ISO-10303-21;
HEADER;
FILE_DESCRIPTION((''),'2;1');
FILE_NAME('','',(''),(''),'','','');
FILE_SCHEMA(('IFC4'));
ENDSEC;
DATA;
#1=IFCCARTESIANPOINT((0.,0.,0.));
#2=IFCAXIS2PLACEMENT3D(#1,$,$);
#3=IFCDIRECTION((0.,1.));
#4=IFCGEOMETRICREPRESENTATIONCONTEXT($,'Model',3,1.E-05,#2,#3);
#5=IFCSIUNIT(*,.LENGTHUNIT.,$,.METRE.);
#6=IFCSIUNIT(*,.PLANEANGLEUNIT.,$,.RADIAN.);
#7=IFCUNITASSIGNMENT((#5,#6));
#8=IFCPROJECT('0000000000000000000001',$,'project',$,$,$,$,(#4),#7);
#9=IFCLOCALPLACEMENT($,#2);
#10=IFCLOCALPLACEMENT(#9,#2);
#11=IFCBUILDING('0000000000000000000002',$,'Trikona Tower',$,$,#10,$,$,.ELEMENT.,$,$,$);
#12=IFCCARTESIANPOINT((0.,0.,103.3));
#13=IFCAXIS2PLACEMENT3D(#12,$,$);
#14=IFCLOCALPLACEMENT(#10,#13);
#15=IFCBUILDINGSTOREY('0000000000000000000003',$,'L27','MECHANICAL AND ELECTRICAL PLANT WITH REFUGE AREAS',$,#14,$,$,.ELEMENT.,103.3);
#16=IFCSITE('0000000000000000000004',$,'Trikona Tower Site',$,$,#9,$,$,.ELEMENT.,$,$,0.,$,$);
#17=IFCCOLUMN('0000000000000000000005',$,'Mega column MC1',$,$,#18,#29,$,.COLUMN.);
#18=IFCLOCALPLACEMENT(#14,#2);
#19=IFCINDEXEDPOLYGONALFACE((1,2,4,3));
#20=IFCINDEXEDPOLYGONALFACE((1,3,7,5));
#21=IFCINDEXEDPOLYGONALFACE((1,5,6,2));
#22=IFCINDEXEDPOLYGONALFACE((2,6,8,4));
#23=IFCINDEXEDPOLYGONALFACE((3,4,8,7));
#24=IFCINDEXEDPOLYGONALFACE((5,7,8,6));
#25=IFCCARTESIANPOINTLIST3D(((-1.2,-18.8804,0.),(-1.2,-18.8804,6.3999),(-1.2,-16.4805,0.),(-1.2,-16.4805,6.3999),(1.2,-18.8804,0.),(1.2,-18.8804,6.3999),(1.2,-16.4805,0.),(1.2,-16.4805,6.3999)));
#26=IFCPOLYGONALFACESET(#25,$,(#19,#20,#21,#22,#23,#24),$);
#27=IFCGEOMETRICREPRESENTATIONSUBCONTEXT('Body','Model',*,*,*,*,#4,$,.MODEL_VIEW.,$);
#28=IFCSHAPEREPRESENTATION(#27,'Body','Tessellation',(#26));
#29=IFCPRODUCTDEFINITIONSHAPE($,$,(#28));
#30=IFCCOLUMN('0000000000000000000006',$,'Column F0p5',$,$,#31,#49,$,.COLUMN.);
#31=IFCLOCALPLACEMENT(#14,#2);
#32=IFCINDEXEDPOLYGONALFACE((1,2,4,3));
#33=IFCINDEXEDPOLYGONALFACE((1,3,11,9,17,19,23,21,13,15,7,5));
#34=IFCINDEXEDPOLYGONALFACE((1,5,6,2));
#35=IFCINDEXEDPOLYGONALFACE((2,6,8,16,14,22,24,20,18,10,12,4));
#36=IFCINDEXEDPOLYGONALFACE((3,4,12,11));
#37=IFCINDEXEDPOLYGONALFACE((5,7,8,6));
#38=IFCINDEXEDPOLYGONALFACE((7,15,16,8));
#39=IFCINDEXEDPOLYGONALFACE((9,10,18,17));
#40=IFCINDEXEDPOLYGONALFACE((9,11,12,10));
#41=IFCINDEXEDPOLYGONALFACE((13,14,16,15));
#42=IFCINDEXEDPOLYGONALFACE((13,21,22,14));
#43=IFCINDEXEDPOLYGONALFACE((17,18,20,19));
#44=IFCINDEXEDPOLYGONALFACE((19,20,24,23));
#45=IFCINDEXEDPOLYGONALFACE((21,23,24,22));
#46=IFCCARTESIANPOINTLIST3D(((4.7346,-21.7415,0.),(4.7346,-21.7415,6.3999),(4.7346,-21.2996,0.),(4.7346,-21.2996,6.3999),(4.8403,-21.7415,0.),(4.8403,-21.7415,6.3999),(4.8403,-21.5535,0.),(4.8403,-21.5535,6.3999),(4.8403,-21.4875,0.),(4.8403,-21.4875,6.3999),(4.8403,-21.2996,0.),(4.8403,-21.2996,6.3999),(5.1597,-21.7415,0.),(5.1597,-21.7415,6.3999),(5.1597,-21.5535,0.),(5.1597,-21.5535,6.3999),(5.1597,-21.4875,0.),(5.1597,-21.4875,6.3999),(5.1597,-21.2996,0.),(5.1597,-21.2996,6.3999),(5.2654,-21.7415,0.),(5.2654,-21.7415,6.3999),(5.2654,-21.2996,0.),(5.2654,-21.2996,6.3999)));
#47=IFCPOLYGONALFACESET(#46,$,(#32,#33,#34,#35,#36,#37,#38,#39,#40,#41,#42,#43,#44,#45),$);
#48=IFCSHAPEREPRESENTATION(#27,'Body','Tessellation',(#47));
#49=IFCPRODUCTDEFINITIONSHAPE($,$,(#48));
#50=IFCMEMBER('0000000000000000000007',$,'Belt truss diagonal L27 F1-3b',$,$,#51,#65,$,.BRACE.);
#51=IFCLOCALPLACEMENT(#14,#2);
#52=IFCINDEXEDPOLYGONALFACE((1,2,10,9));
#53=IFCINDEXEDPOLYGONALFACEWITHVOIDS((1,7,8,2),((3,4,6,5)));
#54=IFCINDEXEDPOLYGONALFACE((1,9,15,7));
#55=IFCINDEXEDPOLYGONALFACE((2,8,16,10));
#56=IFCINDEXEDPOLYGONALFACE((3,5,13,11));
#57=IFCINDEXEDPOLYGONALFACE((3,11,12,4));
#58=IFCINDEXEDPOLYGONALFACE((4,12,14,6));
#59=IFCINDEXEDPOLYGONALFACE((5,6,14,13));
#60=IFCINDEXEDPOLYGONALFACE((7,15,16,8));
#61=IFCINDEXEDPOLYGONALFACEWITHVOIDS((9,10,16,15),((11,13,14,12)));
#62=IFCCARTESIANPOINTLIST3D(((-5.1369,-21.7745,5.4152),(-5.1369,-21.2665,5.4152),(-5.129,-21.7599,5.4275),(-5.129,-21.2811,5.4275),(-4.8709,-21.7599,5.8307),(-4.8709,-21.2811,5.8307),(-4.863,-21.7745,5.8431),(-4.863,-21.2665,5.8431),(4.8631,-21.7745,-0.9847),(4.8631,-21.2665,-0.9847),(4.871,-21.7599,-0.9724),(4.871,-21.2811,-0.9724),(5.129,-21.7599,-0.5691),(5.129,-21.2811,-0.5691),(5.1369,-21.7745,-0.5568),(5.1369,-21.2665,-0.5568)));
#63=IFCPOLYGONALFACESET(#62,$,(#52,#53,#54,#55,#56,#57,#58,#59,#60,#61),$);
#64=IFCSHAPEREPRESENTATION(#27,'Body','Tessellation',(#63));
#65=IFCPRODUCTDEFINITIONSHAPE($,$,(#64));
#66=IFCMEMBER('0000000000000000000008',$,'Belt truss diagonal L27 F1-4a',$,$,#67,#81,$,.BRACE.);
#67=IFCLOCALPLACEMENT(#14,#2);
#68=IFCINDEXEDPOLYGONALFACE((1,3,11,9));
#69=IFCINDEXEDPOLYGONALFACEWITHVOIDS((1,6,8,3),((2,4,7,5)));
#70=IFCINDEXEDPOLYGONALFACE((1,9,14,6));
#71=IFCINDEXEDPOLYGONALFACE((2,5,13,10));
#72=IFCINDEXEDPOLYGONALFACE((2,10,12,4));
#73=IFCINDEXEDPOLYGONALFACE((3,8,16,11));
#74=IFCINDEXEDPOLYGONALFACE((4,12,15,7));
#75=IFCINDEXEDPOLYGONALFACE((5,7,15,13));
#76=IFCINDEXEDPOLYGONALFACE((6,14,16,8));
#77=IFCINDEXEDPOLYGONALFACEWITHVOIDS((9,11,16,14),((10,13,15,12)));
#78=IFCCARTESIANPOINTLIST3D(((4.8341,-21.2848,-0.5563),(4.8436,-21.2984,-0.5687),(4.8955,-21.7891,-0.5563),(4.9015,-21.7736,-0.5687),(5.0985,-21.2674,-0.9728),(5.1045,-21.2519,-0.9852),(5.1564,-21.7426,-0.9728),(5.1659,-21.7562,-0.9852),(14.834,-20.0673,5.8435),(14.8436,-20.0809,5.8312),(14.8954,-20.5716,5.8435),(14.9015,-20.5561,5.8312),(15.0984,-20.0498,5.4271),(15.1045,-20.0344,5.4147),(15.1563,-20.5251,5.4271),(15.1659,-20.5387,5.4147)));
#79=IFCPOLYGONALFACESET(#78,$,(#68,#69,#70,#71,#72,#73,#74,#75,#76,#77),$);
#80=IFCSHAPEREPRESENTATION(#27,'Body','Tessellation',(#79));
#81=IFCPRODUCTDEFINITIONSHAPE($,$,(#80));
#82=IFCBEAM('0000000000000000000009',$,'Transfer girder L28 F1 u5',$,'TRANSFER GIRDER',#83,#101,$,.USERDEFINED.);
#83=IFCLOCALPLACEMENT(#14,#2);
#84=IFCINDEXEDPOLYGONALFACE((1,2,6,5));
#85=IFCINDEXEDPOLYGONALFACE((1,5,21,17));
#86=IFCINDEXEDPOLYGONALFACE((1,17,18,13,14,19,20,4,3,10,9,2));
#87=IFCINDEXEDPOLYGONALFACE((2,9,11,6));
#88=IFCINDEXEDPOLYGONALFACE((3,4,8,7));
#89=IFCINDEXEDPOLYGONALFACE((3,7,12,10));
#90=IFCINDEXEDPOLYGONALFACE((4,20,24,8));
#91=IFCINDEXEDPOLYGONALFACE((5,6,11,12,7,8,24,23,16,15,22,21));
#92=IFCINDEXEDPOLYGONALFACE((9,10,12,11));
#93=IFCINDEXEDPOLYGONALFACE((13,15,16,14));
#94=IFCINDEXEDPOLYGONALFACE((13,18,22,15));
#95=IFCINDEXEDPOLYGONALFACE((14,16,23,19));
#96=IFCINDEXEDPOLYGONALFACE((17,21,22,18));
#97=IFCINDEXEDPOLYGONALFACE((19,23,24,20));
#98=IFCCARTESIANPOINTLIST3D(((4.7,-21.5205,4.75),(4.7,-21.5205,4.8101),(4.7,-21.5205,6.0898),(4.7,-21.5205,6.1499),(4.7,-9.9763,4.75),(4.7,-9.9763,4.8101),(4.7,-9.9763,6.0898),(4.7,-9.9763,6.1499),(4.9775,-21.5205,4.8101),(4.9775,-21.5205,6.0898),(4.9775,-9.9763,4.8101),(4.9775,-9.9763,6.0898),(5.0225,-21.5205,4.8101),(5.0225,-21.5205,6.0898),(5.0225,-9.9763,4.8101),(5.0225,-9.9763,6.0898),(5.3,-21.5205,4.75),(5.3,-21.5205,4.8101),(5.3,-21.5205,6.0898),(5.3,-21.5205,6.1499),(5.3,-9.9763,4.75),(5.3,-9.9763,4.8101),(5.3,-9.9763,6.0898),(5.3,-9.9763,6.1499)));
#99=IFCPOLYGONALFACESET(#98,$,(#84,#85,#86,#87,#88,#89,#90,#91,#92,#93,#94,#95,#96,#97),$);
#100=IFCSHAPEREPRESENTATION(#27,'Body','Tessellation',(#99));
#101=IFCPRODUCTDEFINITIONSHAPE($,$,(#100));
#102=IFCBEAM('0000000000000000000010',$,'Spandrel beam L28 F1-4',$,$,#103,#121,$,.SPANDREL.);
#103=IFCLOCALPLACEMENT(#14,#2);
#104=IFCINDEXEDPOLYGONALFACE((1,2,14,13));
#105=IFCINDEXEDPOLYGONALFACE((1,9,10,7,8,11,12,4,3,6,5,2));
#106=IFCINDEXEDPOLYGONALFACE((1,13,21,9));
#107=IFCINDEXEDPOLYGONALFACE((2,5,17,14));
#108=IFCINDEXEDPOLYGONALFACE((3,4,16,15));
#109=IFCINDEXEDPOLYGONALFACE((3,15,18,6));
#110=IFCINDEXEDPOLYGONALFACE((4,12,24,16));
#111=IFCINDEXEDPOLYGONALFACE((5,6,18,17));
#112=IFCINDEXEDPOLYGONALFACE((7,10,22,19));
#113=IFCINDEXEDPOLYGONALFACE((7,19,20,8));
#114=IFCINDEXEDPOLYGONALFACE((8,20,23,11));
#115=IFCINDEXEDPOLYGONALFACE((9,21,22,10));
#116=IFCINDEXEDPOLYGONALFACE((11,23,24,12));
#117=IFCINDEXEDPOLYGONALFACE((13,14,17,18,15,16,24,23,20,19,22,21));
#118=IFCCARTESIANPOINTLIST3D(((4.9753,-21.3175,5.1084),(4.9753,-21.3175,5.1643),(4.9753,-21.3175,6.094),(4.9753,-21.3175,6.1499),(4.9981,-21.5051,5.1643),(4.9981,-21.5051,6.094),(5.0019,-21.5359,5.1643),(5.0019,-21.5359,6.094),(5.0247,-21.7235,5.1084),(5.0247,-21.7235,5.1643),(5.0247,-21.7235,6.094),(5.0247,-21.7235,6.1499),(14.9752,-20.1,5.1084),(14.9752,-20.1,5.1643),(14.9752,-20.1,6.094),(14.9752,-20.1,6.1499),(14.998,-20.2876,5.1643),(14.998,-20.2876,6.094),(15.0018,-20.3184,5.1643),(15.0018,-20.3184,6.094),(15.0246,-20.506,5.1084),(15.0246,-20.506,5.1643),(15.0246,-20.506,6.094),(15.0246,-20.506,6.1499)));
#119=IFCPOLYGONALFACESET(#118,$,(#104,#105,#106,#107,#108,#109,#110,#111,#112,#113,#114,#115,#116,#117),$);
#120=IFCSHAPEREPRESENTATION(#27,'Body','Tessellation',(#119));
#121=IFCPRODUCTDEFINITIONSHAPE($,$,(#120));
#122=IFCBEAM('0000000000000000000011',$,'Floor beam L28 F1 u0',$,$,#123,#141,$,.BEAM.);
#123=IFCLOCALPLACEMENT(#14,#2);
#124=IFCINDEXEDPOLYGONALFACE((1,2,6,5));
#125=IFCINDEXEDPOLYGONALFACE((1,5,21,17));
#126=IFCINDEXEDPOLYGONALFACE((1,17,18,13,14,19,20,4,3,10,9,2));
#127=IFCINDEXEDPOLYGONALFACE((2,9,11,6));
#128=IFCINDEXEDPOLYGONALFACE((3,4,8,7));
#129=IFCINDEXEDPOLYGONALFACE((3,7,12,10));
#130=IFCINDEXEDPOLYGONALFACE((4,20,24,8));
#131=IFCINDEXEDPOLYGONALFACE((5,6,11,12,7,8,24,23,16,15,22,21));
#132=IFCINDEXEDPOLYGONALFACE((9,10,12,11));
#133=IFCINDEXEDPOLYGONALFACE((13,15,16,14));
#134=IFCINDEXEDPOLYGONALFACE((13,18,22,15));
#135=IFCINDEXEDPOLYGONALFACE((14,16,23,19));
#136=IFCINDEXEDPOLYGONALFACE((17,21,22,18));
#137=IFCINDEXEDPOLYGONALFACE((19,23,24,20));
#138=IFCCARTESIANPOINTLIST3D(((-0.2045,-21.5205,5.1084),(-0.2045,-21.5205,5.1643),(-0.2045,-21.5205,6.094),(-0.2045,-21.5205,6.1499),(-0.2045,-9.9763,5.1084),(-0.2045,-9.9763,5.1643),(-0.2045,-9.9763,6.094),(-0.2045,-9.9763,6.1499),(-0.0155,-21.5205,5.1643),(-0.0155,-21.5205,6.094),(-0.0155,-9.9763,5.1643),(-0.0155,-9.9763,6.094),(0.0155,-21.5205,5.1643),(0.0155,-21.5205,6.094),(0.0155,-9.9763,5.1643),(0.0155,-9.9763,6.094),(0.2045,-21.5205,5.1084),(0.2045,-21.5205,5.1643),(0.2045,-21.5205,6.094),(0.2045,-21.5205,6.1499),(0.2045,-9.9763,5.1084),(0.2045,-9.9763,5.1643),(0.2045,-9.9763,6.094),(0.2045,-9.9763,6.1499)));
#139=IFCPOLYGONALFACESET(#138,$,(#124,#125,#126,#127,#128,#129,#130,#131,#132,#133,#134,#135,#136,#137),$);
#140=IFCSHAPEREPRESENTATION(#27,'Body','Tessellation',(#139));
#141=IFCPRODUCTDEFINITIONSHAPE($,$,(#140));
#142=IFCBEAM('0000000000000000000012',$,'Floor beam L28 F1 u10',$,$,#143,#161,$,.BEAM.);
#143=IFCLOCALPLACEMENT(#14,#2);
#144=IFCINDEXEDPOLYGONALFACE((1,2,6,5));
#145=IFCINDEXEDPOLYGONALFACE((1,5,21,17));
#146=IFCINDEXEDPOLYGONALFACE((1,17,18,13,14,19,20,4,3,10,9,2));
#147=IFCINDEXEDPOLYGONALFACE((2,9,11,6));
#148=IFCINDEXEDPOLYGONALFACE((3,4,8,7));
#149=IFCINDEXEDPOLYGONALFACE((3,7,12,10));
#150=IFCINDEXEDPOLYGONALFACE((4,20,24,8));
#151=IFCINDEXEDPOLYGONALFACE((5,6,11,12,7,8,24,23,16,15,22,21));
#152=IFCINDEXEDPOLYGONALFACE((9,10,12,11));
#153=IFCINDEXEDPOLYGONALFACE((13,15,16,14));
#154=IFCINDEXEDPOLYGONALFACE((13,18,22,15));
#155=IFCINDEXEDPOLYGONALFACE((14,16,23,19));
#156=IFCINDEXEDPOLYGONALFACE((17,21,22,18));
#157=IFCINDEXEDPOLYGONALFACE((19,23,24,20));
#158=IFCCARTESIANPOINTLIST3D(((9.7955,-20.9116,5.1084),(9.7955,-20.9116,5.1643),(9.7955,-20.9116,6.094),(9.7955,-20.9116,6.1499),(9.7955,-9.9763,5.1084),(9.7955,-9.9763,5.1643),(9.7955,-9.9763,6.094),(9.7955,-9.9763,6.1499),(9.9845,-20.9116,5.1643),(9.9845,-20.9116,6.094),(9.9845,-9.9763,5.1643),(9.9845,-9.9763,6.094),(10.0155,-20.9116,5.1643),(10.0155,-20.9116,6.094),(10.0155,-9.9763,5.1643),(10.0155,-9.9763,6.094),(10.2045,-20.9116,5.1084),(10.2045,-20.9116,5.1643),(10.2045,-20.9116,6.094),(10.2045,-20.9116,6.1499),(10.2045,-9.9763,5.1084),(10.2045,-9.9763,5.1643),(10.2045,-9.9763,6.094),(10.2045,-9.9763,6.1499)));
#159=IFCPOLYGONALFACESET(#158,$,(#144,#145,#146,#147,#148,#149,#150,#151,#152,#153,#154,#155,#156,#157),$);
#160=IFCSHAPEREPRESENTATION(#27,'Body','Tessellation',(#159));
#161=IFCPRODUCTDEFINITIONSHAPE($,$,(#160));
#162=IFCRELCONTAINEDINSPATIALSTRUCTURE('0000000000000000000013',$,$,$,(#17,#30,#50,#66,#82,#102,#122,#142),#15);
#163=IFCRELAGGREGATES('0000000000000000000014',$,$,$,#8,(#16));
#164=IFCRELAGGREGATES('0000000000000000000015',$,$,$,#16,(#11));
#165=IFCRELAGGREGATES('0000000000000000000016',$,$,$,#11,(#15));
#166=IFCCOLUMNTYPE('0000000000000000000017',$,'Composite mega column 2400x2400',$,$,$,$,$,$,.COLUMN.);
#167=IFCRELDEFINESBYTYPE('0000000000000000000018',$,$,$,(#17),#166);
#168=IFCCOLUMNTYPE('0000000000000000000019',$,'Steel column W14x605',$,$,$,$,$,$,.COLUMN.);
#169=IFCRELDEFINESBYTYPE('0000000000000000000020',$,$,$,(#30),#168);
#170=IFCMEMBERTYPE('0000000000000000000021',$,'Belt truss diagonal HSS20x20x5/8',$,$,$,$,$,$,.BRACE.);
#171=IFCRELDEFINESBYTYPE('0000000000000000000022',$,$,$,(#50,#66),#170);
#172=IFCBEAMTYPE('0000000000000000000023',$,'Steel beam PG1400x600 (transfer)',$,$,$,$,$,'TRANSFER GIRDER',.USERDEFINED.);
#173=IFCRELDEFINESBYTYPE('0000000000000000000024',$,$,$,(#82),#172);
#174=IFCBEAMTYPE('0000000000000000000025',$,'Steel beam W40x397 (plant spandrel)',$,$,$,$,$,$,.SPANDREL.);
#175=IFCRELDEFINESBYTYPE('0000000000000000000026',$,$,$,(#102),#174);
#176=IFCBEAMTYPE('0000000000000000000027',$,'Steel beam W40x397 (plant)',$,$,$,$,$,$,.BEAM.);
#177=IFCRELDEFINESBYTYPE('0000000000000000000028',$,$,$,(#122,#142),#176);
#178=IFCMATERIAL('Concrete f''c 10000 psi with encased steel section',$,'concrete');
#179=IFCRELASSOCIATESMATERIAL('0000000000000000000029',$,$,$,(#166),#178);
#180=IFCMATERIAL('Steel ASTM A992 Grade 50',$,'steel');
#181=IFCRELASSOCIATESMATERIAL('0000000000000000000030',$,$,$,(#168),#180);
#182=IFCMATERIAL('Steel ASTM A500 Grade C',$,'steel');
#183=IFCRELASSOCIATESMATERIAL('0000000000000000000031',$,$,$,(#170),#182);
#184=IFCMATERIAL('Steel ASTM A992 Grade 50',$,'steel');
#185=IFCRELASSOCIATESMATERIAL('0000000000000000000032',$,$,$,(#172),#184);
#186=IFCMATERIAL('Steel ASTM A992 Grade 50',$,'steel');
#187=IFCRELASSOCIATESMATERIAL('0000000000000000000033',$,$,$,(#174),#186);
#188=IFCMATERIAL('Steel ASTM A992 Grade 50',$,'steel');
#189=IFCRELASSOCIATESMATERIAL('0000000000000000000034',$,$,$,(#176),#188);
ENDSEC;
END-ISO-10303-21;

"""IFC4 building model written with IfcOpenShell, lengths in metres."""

from ifc_helpers import new_model, si_unit, direction, frame, origin, origin_2d, place, context, subcontext, project, spatial, rectangle, hollow_rectangle, i_section, extrude, material, material_profile, profile_set, type_object, element, save


model = new_model("IFC4")

# Units and contexts
model_context = context("Model", 3, precision=1e-05, world=origin(), true_north=direction((0.0, 1.0)))
body_context = subcontext(model_context, "Body", "Model", "MODEL_VIEW")
ifc_project = project(units=[si_unit("LENGTHUNIT", "METRE"), si_unit("PLANEANGLEUNIT", "RADIAN")], contexts=[model_context])

# Site, building, storey
site_placement = place(None, origin())
site = spatial("IfcSite", under=ifc_project, at=site_placement, Name="Trikona Tower Site", CompositionType="ELEMENT", RefElevation=0.0)
building_placement = place(site_placement, origin())
building = spatial("IfcBuilding", under=site, at=building_placement, Name="Trikona Tower", CompositionType="ELEMENT")
storey_placement = place(building_placement, frame((0.0, 0.0, 103.3)))
storey = spatial("IfcBuildingStorey", under=building, at=storey_placement, Name="L27", Description="MECHANICAL AND ELECTRICAL PLANT WITH REFUGE AREAS", CompositionType="ELEMENT", Elevation=103.3)

# Columns
ifc_material_1 = material(Name="Concrete f'c 10000 psi with encased steel section", Category="concrete")
ifc_material_profile_1 = material_profile(ifc_material_1, rectangle(XDim=2.3999, YDim=2.3999, at=origin_2d()), Name="MC2400")
ifc_profile_set_1 = profile_set([ifc_material_profile_1], Name="Concrete f'c 10000 psi with encased steel section")
column_type_1 = type_object("IfcColumnType", Name="Composite mega column 2400x2400", PredefinedType="COLUMN", material=ifc_profile_set_1)
column_1_placement = place(storey_placement, frame((0.0, -17.6804, 0.0), z_axis=(0.0, 0.0, 1.0), x_axis=(0.0, -1.0, 0.0)))
element("IfcColumn", 1, at=column_1_placement, inside=storey, type_object=column_type_1, Name="Mega column MC1", PredefinedType="COLUMN", context=body_context, shape_type="SweptSolid", body=[
    extrude(rectangle(XDim=2.3999, YDim=2.3999, at=origin_2d()), origin(), (0.0, 0.0, 1.0), 6.3999),
])
ifc_material_2 = material(Name="Steel ASTM A992 Grade 50", Category="steel")
ifc_material_profile_2 = material_profile(ifc_material_2, i_section(OverallWidth=0.4419, OverallDepth=0.5308, WebThickness=0.0659, FlangeThickness=0.1057, at=origin_2d()), Name="W14X605")
ifc_profile_set_2 = profile_set([ifc_material_profile_2], Name="Steel ASTM A992 Grade 50")
column_type_2 = type_object("IfcColumnType", Name="Steel column W14x605", PredefinedType="COLUMN", material=ifc_profile_set_2)
column_2_placement = place(storey_placement, frame((5.0, -21.5205, 0.0), z_axis=(0.0, 0.0, 1.0), x_axis=(0.0, -1.0, 0.0)))
element("IfcColumn", 2, at=column_2_placement, inside=storey, type_object=column_type_2, Name="Column F0p5", PredefinedType="COLUMN", context=body_context, shape_type="SweptSolid", body=[
    extrude(i_section(OverallWidth=0.4419, OverallDepth=0.5308, WebThickness=0.0659, FlangeThickness=0.1057, at=origin_2d()), origin(), (0.0, 0.0, 1.0), 6.3999),
])

# Members
ifc_material_3 = material(Name="Steel ASTM A500 Grade C", Category="steel")
ifc_material_profile_3 = material_profile(ifc_material_3, hollow_rectangle(XDim=0.5081, YDim=0.5081, WallThickness=0.0146, at=origin_2d()), Name="HSS20X20X5/8")
ifc_profile_set_3 = profile_set([ifc_material_profile_3], Name="Steel ASTM A500 Grade C")
member_type = type_object("IfcMemberType", Name="Belt truss diagonal HSS20x20x5/8", PredefinedType="BRACE", material=ifc_profile_set_3)
member_1_placement = place(storey_placement, frame((5.0, -21.5205, -0.7708), z_axis=(-0.842275, 0.0, 0.539048), x_axis=(0.0, -1.0, 0.0)))
element("IfcMember", 3, at=member_1_placement, inside=storey, type_object=member_type, Name="Belt truss diagonal L27 F1-3b", PredefinedType="BRACE", context=body_context, shape_type="SweptSolid", body=[
    extrude(hollow_rectangle(XDim=0.5081, YDim=0.5081, WallThickness=0.0146, at=origin_2d()), origin(), (0.0, 0.0, 1.0), 11.8726),
])
member_2_placement = place(storey_placement, frame((5.0, -21.5205, -0.7708), z_axis=(0.837881, 0.102014, 0.536236), x_axis=(-0.12086, 0.99267, 0.0)))
element("IfcMember", 4, at=member_2_placement, inside=storey, type_object=member_type, Name="Belt truss diagonal L27 F1-4a", PredefinedType="BRACE", context=body_context, shape_type="SweptSolid", body=[
    extrude(hollow_rectangle(XDim=0.5081, YDim=0.5081, WallThickness=0.0146, at=origin_2d()), origin(), (0.0, 0.0, 1.0), 11.9348),
])

# Beams
ifc_material_4 = material(Name="Steel ASTM A992 Grade 50", Category="steel")
ifc_material_profile_4 = material_profile(ifc_material_4, i_section(OverallWidth=0.6001, OverallDepth=1.3999, WebThickness=0.0449, FlangeThickness=0.0601, at=origin_2d()), Name="PG1400X600")
ifc_profile_set_4 = profile_set([ifc_material_profile_4], Name="Steel ASTM A992 Grade 50")
beam_type_1 = type_object("IfcBeamType", Name="Steel beam PG1400x600 (transfer)", ElementType="TRANSFER GIRDER", PredefinedType="USERDEFINED", material=ifc_profile_set_4)
beam_1_placement = place(storey_placement, frame((5.0, -9.9763, 5.45), z_axis=(0.0, -1.0, 0.0), x_axis=(1.0, 0.0, 0.0)))
element("IfcBeam", 5, at=beam_1_placement, inside=storey, type_object=beam_type_1, Name="Transfer girder L28 F1 u5", ObjectType="TRANSFER GIRDER", PredefinedType="USERDEFINED", context=body_context, shape_type="SweptSolid", body=[
    extrude(i_section(OverallWidth=0.6001, OverallDepth=1.3999, WebThickness=0.0449, FlangeThickness=0.0601, at=origin_2d()), origin(), (0.0, 0.0, 1.0), 11.5442),
])
ifc_material_5 = material(Name="Steel ASTM A992 Grade 50", Category="steel")
ifc_material_profile_5 = material_profile(ifc_material_5, i_section(OverallWidth=0.4089, OverallDepth=1.0415, WebThickness=0.031, FlangeThickness=0.0559, at=origin_2d()), Name="W40X397")
ifc_profile_set_5 = profile_set([ifc_material_profile_5], Name="Steel ASTM A992 Grade 50")
beam_type_2 = type_object("IfcBeamType", Name="Steel beam W40x397 (plant spandrel)", PredefinedType="SPANDREL", material=ifc_profile_set_5)
beam_2_placement = place(storey_placement, frame((5.0, -21.5205, 5.6292), z_axis=(0.99267, 0.12086, 0.0), x_axis=(-0.12086, 0.99267, 0.0)))
element("IfcBeam", 6, at=beam_2_placement, inside=storey, type_object=beam_type_2, Name="Spandrel beam L28 F1-4", PredefinedType="SPANDREL", context=body_context, shape_type="SweptSolid", body=[
    extrude(i_section(OverallWidth=0.4089, OverallDepth=1.0415, WebThickness=0.031, FlangeThickness=0.0559, at=origin_2d()), origin(), (0.0, 0.0, 1.0), 10.0737),
])
ifc_material_6 = material(Name="Steel ASTM A992 Grade 50", Category="steel")
ifc_material_profile_6 = material_profile(ifc_material_6, i_section(OverallWidth=0.4089, OverallDepth=1.0415, WebThickness=0.031, FlangeThickness=0.0559, at=origin_2d()), Name="W40X397")
ifc_profile_set_6 = profile_set([ifc_material_profile_6], Name="Steel ASTM A992 Grade 50")
beam_type_3 = type_object("IfcBeamType", Name="Steel beam W40x397 (plant)", PredefinedType="BEAM", material=ifc_profile_set_6)
beam_3_placement = place(storey_placement, frame((0.0, -9.9763, 5.6292), z_axis=(0.0, -1.0, 0.0), x_axis=(1.0, 0.0, 0.0)))
element("IfcBeam", 7, at=beam_3_placement, inside=storey, type_object=beam_type_3, Name="Floor beam L28 F1 u0", PredefinedType="BEAM", context=body_context, shape_type="SweptSolid", body=[
    extrude(i_section(OverallWidth=0.4089, OverallDepth=1.0415, WebThickness=0.031, FlangeThickness=0.0559, at=origin_2d()), origin(), (0.0, 0.0, 1.0), 11.5442),
])
beam_4_placement = place(storey_placement, frame((10.0, -9.9763, 5.6292), z_axis=(0.0, -1.0, 0.0), x_axis=(1.0, 0.0, 0.0)))
element("IfcBeam", 8, at=beam_4_placement, inside=storey, type_object=beam_type_3, Name="Floor beam L28 F1 u10", PredefinedType="BEAM", context=body_context, shape_type="SweptSolid", body=[
    extrude(i_section(OverallWidth=0.4089, OverallDepth=1.0415, WebThickness=0.031, FlangeThickness=0.0559, at=origin_2d()), origin(), (0.0, 0.0, 1.0), 10.9353),
])

save(model, "model.ifc")
